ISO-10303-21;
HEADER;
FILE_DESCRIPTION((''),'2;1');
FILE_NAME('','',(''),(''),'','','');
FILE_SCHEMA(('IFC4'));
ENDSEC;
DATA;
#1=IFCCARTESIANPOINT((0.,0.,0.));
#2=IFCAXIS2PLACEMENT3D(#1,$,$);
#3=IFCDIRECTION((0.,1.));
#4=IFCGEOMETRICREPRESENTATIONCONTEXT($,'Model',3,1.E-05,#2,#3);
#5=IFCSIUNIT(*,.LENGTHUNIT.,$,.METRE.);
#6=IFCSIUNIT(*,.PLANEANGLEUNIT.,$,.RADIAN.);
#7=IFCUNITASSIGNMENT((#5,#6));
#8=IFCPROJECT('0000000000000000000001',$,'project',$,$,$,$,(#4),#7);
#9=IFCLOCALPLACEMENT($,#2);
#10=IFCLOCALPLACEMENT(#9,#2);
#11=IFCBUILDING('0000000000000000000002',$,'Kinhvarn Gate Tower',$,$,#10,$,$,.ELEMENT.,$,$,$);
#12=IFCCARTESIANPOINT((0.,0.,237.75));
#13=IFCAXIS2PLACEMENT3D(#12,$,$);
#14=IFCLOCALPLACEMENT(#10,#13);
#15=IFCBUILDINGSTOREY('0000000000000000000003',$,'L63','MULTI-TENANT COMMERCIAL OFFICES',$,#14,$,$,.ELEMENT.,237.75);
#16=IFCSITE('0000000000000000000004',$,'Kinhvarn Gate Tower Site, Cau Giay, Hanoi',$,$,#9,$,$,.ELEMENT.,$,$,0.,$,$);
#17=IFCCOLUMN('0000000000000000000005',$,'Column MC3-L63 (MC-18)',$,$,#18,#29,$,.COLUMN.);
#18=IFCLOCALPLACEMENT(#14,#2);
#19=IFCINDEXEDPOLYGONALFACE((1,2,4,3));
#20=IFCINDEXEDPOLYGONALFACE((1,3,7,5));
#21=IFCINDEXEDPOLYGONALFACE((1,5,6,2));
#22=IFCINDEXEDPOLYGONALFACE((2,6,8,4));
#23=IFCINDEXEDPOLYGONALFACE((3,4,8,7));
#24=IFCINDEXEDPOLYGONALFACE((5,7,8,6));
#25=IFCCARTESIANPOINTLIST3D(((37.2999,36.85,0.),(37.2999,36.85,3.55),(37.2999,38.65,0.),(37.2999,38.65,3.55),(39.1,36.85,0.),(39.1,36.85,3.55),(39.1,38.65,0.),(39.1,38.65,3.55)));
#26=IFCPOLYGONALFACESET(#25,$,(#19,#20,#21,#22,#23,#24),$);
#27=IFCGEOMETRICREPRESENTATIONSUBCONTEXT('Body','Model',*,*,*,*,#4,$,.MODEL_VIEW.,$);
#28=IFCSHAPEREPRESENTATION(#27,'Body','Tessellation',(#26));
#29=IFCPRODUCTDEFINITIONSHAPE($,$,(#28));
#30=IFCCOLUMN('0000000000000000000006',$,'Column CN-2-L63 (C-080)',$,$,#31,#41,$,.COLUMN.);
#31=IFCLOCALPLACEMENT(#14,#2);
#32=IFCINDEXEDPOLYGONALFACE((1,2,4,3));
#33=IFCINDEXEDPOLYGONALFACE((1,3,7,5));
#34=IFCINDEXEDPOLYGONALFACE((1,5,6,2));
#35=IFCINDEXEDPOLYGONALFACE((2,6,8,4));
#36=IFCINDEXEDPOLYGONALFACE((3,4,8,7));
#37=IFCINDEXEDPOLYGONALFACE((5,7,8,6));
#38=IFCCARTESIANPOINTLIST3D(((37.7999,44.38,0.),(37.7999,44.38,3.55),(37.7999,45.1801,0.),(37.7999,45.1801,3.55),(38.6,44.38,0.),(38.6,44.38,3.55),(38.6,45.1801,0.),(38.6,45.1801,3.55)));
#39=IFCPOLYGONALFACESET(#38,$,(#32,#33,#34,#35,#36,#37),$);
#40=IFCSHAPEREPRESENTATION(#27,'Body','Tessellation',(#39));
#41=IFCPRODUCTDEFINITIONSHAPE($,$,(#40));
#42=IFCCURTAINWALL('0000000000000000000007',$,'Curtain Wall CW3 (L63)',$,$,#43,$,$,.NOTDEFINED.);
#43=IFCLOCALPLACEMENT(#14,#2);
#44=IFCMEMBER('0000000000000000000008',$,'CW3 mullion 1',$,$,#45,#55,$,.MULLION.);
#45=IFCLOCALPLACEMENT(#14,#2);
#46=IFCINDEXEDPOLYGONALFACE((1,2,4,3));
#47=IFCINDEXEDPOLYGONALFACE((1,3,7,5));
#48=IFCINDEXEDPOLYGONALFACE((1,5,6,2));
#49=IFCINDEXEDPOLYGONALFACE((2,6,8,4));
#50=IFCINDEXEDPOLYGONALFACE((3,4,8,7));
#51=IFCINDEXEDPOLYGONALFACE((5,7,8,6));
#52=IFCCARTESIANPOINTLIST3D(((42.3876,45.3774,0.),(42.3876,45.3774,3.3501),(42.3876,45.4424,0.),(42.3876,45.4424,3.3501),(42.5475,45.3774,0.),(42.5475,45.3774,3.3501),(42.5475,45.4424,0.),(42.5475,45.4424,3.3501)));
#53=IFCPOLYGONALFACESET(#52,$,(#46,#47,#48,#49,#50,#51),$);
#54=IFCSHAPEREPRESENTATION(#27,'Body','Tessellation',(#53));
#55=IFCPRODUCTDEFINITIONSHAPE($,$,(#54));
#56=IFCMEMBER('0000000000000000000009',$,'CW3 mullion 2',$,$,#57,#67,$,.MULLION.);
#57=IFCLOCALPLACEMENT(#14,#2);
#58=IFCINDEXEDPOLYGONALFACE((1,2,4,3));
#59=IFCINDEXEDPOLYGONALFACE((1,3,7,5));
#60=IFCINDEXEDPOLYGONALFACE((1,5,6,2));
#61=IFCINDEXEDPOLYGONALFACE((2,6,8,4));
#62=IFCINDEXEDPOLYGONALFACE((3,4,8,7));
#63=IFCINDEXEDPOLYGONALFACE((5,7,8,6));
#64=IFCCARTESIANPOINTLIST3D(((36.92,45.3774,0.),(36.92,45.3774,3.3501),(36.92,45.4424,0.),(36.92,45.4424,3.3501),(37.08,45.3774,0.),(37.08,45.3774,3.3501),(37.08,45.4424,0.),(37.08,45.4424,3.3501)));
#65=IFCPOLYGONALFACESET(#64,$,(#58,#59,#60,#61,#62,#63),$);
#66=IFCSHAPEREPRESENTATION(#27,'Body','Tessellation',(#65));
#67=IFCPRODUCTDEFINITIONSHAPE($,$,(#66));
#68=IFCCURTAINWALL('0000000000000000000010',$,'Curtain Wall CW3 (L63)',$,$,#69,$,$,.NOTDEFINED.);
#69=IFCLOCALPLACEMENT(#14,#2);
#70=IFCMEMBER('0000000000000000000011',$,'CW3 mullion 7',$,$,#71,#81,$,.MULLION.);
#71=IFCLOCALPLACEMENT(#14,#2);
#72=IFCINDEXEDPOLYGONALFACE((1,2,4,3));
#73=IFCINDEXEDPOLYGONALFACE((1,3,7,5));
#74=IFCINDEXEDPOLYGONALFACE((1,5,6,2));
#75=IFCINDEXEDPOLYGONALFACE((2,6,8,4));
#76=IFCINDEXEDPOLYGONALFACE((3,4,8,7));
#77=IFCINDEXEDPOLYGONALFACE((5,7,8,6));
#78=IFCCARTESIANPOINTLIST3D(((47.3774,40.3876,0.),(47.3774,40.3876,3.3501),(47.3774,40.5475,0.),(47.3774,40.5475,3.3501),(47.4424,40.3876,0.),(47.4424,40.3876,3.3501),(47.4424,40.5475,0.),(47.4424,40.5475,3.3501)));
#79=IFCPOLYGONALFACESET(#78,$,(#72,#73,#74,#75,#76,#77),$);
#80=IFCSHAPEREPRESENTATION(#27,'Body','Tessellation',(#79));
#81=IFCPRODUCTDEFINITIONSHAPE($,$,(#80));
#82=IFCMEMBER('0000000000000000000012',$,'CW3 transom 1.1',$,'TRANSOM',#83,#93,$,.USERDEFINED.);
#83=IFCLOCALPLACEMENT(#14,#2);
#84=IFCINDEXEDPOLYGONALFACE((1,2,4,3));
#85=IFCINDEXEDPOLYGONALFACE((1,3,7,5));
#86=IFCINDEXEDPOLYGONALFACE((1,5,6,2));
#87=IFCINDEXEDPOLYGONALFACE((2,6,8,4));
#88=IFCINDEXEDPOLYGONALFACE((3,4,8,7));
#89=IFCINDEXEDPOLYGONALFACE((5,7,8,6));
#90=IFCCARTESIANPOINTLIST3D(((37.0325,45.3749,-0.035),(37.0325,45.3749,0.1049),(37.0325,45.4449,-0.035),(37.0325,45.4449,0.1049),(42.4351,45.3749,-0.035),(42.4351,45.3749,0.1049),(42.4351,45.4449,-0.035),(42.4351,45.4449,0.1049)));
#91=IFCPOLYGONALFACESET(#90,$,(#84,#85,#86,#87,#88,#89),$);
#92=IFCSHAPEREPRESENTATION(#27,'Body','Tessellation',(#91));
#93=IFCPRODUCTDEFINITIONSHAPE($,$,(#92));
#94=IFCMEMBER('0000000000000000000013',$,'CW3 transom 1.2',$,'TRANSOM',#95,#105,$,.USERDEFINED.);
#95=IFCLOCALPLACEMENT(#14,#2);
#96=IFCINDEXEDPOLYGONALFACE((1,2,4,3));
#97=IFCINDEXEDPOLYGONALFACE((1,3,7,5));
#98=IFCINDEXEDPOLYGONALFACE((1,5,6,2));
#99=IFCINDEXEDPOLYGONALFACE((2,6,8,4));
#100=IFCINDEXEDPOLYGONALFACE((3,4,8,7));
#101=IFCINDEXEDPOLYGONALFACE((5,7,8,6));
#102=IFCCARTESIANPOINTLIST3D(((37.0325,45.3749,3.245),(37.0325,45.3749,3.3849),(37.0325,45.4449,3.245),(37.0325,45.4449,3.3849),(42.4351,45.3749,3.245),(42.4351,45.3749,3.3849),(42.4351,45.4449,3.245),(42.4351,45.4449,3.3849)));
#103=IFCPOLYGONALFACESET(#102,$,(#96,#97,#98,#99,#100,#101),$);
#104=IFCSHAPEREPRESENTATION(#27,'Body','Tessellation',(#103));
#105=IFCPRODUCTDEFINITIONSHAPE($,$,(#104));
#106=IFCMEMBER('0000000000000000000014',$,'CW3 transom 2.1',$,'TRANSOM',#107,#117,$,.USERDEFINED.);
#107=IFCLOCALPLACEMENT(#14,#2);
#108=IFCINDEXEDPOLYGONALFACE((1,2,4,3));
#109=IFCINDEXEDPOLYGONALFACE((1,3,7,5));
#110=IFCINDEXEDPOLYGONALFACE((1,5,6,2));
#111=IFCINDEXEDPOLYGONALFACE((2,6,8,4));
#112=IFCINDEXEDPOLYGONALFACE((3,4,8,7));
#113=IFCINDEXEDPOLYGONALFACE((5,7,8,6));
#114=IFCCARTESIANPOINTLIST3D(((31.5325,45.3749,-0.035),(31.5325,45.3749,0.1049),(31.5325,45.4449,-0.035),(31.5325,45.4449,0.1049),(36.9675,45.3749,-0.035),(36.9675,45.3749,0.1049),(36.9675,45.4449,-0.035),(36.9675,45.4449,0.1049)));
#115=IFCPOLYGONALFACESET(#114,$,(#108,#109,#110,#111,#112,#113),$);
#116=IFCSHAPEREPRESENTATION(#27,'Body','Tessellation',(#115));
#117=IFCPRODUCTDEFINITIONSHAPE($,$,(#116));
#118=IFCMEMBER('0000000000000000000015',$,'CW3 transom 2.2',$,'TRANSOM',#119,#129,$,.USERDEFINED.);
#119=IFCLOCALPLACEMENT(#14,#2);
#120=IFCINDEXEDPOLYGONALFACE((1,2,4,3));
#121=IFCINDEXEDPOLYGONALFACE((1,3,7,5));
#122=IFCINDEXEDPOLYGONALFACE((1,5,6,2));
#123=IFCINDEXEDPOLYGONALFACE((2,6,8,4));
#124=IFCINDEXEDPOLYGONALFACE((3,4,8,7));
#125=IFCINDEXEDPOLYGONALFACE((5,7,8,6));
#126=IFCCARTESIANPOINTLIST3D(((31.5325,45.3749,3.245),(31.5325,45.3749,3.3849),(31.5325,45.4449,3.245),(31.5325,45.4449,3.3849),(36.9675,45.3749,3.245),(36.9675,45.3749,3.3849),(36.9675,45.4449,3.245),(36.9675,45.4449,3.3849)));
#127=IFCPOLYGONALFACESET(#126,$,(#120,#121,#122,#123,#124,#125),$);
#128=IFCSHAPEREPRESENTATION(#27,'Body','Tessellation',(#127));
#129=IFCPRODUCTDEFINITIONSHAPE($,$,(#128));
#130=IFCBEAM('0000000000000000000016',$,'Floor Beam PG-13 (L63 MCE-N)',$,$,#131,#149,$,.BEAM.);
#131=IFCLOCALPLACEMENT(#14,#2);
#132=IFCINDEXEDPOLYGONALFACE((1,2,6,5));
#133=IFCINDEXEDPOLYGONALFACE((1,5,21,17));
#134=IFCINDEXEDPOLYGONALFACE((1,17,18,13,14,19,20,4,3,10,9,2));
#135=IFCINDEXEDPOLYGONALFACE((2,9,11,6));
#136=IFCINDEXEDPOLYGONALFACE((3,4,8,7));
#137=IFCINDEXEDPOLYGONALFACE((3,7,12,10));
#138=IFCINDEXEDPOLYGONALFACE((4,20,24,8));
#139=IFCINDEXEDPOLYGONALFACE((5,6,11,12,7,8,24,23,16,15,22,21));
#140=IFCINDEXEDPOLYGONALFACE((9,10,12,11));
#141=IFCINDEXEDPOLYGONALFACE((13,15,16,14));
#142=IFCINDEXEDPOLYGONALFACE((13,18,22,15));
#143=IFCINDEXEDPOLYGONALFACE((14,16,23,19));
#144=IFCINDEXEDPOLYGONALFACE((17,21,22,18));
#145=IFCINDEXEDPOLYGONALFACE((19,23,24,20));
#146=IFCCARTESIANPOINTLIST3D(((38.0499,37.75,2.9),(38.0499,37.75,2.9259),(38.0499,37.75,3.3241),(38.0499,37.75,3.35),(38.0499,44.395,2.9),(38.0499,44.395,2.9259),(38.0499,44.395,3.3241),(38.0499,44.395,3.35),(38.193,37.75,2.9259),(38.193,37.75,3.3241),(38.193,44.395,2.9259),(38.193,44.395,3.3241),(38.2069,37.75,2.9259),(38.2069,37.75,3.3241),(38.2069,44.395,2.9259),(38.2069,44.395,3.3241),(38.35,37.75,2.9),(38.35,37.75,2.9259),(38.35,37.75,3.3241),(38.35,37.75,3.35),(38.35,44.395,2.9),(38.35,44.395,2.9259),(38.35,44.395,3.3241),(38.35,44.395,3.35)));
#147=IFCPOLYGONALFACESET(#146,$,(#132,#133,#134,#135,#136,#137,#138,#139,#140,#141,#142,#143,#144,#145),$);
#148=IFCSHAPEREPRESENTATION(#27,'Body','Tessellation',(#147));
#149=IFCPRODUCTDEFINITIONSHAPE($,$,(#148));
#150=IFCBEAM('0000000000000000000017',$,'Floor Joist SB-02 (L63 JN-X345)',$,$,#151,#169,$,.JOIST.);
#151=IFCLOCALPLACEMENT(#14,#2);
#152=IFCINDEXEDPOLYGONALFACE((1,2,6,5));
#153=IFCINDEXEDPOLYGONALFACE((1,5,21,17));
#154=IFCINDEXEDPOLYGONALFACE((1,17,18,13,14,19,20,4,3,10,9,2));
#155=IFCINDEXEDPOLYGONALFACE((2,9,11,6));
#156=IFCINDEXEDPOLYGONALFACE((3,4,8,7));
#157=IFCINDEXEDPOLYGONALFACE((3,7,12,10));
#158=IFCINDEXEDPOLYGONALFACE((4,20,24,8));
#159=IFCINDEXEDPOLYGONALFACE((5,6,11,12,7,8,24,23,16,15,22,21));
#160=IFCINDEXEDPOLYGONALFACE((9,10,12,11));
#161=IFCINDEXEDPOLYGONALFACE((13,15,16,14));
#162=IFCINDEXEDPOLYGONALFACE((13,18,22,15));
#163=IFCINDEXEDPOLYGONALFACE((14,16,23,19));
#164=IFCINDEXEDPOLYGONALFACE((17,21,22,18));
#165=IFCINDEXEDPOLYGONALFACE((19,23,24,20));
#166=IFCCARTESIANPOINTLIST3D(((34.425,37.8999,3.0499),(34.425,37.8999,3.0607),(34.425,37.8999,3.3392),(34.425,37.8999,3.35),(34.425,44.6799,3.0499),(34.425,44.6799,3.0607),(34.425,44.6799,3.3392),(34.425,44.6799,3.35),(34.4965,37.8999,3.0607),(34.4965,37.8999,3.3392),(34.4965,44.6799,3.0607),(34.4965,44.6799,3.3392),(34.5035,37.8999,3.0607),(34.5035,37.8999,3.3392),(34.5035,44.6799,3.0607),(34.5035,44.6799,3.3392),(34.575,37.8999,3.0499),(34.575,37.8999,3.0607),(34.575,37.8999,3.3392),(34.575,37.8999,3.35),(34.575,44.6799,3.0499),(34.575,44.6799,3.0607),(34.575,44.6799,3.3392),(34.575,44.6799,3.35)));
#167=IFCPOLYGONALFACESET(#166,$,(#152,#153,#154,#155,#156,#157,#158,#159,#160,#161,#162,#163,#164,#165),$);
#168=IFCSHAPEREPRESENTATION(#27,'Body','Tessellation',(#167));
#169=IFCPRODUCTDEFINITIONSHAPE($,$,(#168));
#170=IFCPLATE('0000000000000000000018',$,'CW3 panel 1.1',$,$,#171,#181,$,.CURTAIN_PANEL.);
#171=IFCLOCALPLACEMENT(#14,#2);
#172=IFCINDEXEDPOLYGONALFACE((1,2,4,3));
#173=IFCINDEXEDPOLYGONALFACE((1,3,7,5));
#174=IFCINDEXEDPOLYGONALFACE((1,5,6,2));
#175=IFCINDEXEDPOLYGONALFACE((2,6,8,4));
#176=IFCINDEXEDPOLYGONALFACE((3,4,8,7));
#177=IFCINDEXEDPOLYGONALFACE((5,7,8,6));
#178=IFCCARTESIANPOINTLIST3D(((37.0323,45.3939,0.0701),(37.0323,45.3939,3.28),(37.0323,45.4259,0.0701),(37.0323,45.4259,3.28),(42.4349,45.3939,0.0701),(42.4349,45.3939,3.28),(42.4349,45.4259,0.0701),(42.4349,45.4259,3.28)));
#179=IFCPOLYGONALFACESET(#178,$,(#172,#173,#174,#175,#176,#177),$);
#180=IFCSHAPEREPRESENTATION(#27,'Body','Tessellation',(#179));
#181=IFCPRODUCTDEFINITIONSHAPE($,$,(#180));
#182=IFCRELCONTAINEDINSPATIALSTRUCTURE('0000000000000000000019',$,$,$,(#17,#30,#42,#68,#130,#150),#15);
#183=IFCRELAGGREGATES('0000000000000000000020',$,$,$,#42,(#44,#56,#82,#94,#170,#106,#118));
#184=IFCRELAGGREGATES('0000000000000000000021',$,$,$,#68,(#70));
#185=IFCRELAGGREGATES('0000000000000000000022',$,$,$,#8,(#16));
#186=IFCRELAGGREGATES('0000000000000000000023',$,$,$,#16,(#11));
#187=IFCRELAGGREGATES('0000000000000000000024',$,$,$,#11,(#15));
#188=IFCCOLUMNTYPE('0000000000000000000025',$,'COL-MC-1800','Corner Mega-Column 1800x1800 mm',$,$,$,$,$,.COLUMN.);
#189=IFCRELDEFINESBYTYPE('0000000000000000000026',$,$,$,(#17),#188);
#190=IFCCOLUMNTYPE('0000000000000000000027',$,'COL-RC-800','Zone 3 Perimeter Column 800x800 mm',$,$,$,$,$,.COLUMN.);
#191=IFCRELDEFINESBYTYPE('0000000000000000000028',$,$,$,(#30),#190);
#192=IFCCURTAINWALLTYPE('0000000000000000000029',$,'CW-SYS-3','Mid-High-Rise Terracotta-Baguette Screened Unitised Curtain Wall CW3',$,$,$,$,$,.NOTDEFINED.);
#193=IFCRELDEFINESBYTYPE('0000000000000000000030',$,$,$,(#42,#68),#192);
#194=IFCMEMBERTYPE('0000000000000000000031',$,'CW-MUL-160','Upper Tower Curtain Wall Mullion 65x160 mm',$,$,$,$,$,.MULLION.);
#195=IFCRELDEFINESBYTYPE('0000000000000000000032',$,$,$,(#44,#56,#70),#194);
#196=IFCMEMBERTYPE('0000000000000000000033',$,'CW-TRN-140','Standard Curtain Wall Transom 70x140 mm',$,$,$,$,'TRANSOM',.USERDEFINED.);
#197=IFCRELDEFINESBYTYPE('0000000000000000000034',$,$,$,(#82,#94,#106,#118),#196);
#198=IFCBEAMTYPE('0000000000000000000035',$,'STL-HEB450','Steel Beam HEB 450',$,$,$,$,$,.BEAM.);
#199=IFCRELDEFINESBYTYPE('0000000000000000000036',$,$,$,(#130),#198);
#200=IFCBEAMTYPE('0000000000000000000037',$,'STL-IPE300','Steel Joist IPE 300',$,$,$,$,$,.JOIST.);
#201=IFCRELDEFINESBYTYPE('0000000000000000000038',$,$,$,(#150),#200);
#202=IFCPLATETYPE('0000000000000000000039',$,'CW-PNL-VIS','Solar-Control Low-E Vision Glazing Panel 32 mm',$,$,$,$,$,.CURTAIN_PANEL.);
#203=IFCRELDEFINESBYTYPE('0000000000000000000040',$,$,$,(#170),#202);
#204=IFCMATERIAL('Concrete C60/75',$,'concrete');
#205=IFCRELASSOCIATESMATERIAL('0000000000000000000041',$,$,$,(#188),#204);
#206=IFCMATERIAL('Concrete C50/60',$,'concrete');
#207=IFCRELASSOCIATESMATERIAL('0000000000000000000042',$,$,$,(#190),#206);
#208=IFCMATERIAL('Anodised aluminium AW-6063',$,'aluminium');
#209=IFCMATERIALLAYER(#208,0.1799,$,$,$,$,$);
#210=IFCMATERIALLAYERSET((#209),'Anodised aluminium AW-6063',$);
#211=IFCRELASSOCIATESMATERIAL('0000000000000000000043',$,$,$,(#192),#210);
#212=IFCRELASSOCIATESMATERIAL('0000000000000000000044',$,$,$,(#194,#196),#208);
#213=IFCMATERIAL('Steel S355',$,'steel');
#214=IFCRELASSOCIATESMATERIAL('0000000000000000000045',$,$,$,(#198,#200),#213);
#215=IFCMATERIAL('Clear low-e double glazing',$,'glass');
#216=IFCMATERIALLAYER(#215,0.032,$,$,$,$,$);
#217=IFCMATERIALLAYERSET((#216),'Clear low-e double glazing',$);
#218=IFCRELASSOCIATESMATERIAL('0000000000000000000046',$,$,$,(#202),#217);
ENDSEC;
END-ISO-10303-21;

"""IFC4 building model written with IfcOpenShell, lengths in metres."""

from ifc_helpers import new_model, si_unit, direction, frame, origin, origin_2d, place, context, subcontext, project, spatial, rectangle, i_section, extrude, material, layer, layer_set, material_profile, profile_set, type_object, element, aggregate, save


model = new_model("IFC4")

# Units and contexts
model_context = context("Model", 3, precision=1e-05, world=origin(), true_north=direction((0.0, 1.0)))
body_context = subcontext(model_context, "Body", "Model", "MODEL_VIEW")
ifc_project = project(units=[si_unit("LENGTHUNIT", "METRE"), si_unit("PLANEANGLEUNIT", "RADIAN")], contexts=[model_context])

# Site, building, storey
site_placement = place(None, origin())
site = spatial("IfcSite", under=ifc_project, at=site_placement, Name="Kinhvarn Gate Tower Site, Cau Giay, Hanoi", CompositionType="ELEMENT", RefElevation=0.0)
building_placement = place(site_placement, origin())
building = spatial("IfcBuilding", under=site, at=building_placement, Name="Kinhvarn Gate Tower", CompositionType="ELEMENT")
storey_placement = place(building_placement, frame((0.0, 0.0, 237.75)))
storey = spatial("IfcBuildingStorey", under=building, at=storey_placement, Name="L63", Description="MULTI-TENANT COMMERCIAL OFFICES", CompositionType="ELEMENT", Elevation=237.75)

# Columns
ifc_material_1 = material(Name="Concrete C60/75", Category="concrete")
ifc_material_profile_1 = material_profile(ifc_material_1, rectangle(XDim=1.8, YDim=1.8, at=origin_2d()), Name="RC 1800x1800")
ifc_profile_set_1 = profile_set([ifc_material_profile_1], Name="Concrete C60/75")
column_type_1 = type_object("IfcColumnType", Name="COL-MC-1800", Description="Corner Mega-Column 1800x1800 mm", PredefinedType="COLUMN", material=ifc_profile_set_1)
column_1_placement = place(storey_placement, frame((38.2, 37.75, 0.0), z_axis=(0.0, 0.0, 1.0), x_axis=(1.0, 0.0, 0.0)))
element("IfcColumn", 1, at=column_1_placement, inside=storey, type_object=column_type_1, Name="Column MC3-L63 (MC-18)", PredefinedType="COLUMN", context=body_context, shape_type="SweptSolid", body=[
    extrude(rectangle(XDim=1.8, YDim=1.8, at=origin_2d()), origin(), (0.0, 0.0, 1.0), 3.55),
])
ifc_material_2 = material(Name="Concrete C50/60", Category="concrete")
ifc_material_profile_2 = material_profile(ifc_material_2, rectangle(XDim=0.8, YDim=0.8, at=origin_2d()), Name="RC 800x800")
ifc_profile_set_2 = profile_set([ifc_material_profile_2], Name="Concrete C50/60")
column_type_2 = type_object("IfcColumnType", Name="COL-RC-800", Description="Zone 3 Perimeter Column 800x800 mm", PredefinedType="COLUMN", material=ifc_profile_set_2)
column_2_placement = place(storey_placement, frame((38.2, 44.78, 0.0), z_axis=(0.0, 0.0, 1.0), x_axis=(1.0, 0.0, 0.0)))
element("IfcColumn", 2, at=column_2_placement, inside=storey, type_object=column_type_2, Name="Column CN-2-L63 (C-080)", PredefinedType="COLUMN", context=body_context, shape_type="SweptSolid", body=[
    extrude(rectangle(XDim=0.8, YDim=0.8, at=origin_2d()), origin(), (0.0, 0.0, 1.0), 3.55),
])

# Curtain wall, members
ifc_material_3 = material(Name="Anodised aluminium AW-6063", Category="aluminium")
ifc_layer_1 = layer(ifc_material_3, 0.1799)
ifc_layer_set_1 = layer_set([ifc_layer_1], Name="Anodised aluminium AW-6063")
curtain_wall_type = type_object("IfcCurtainWallType", Name="CW-SYS-3", Description="Mid-High-Rise Terracotta-Baguette Screened Unitised Curtain Wall CW3", PredefinedType="NOTDEFINED", material=ifc_layer_set_1)
curtain_wall_1_placement = place(storey_placement, origin())
curtain_wall_1 = element("IfcCurtainWall", 3, at=curtain_wall_1_placement, inside=storey, type_object=curtain_wall_type, Name="Curtain Wall CW3 (L63)", PredefinedType="NOTDEFINED")
ifc_material_profile_3 = material_profile(ifc_material_3, rectangle(XDim=0.0649, YDim=0.1599, at=origin_2d()), Name="ALU 65x160")
ifc_profile_set_3 = profile_set([ifc_material_profile_3], Name="Anodised aluminium AW-6063")
member_type_1 = type_object("IfcMemberType", Name="CW-MUL-160", Description="Upper Tower Curtain Wall Mullion 65x160 mm", PredefinedType="MULLION", material=ifc_profile_set_3)
member_1_placement = place(storey_placement, frame((42.4675, 45.4099, 0.0), z_axis=(0.0, 0.0, 1.0), x_axis=(0.0, -1.0, 0.0)))
member_1 = element("IfcMember", 4, at=member_1_placement, type_object=member_type_1, Name="CW3 mullion 1", PredefinedType="MULLION", context=body_context, shape_type="SweptSolid", body=[
    extrude(rectangle(XDim=0.0649, YDim=0.1599, at=origin_2d()), origin(), (0.0, 0.0, 1.0), 3.3501),
])
member_2_placement = place(storey_placement, frame((37.0, 45.4099, 0.0), z_axis=(0.0, 0.0, 1.0), x_axis=(0.0, -1.0, 0.0)))
member_2 = element("IfcMember", 5, at=member_2_placement, type_object=member_type_1, Name="CW3 mullion 2", PredefinedType="MULLION", context=body_context, shape_type="SweptSolid", body=[
    extrude(rectangle(XDim=0.0649, YDim=0.1599, at=origin_2d()), origin(), (0.0, 0.0, 1.0), 3.3501),
])

# Curtain wall, member
curtain_wall_2_placement = place(storey_placement, origin())
curtain_wall_2 = element("IfcCurtainWall", 6, at=curtain_wall_2_placement, inside=storey, type_object=curtain_wall_type, Name="Curtain Wall CW3 (L63)", PredefinedType="NOTDEFINED")
member_3_placement = place(storey_placement, frame((47.4099, 40.4675, 0.0), z_axis=(0.0, 0.0, 1.0), x_axis=(-1.0, 0.0, 0.0)))
member_3 = element("IfcMember", 7, at=member_3_placement, type_object=member_type_1, Name="CW3 mullion 7", PredefinedType="MULLION", context=body_context, shape_type="SweptSolid", body=[
    extrude(rectangle(XDim=0.0649, YDim=0.1599, at=origin_2d()), origin(), (0.0, 0.0, 1.0), 3.3501),
])

# Members
ifc_material_profile_4 = material_profile(ifc_material_3, rectangle(XDim=0.0701, YDim=0.1399, at=origin_2d()), Name="ALU 70x140")
ifc_profile_set_4 = profile_set([ifc_material_profile_4], Name="Anodised aluminium AW-6063")
member_type_2 = type_object("IfcMemberType", Name="CW-TRN-140", Description="Standard Curtain Wall Transom 70x140 mm", ElementType="TRANSOM", PredefinedType="USERDEFINED", material=ifc_profile_set_4)
member_4_placement = place(storey_placement, frame((42.4351, 45.4099, 0.0349), z_axis=(-1.0, 0.0, 0.0), x_axis=(0.0, -1.0, 0.0)))
member_4 = element("IfcMember", 8, at=member_4_placement, type_object=member_type_2, Name="CW3 transom 1.1", ObjectType="TRANSOM", PredefinedType="USERDEFINED", context=body_context, shape_type="SweptSolid", body=[
    extrude(rectangle(XDim=0.0701, YDim=0.1399, at=origin_2d()), origin(), (0.0, 0.0, 1.0), 5.4026),
])
member_5_placement = place(storey_placement, frame((42.4351, 45.4099, 3.3149), z_axis=(-1.0, 0.0, 0.0), x_axis=(0.0, -1.0, 0.0)))
member_5 = element("IfcMember", 9, at=member_5_placement, type_object=member_type_2, Name="CW3 transom 1.2", ObjectType="TRANSOM", PredefinedType="USERDEFINED", context=body_context, shape_type="SweptSolid", body=[
    extrude(rectangle(XDim=0.0701, YDim=0.1399, at=origin_2d()), origin(), (0.0, 0.0, 1.0), 5.4026),
])
member_6_placement = place(storey_placement, frame((36.9675, 45.4099, 0.0349), z_axis=(-1.0, 0.0, 0.0), x_axis=(0.0, -1.0, 0.0)))
member_6 = element("IfcMember", 10, at=member_6_placement, type_object=member_type_2, Name="CW3 transom 2.1", ObjectType="TRANSOM", PredefinedType="USERDEFINED", context=body_context, shape_type="SweptSolid", body=[
    extrude(rectangle(XDim=0.0701, YDim=0.1399, at=origin_2d()), origin(), (0.0, 0.0, 1.0), 5.4351),
])
member_7_placement = place(storey_placement, frame((36.9675, 45.4099, 3.3149), z_axis=(-1.0, 0.0, 0.0), x_axis=(0.0, -1.0, 0.0)))
member_7 = element("IfcMember", 11, at=member_7_placement, type_object=member_type_2, Name="CW3 transom 2.2", ObjectType="TRANSOM", PredefinedType="USERDEFINED", context=body_context, shape_type="SweptSolid", body=[
    extrude(rectangle(XDim=0.0701, YDim=0.1399, at=origin_2d()), origin(), (0.0, 0.0, 1.0), 5.4351),
])

# Beams
ifc_material_4 = material(Name="Steel S355", Category="steel")
ifc_material_profile_5 = material_profile(ifc_material_4, i_section(OverallWidth=0.3, OverallDepth=0.45, WebThickness=0.0139, FlangeThickness=0.0259, at=origin_2d()), Name="HEB 450")
ifc_profile_set_5 = profile_set([ifc_material_profile_5], Name="Steel S355")
beam_type_1 = type_object("IfcBeamType", Name="STL-HEB450", Description="Steel Beam HEB 450", PredefinedType="BEAM", material=ifc_profile_set_5)
beam_1_placement = place(storey_placement, frame((38.2, 37.75, 3.125), z_axis=(0.0, 1.0, 0.0), x_axis=(-1.0, 0.0, 0.0)))
element("IfcBeam", 12, at=beam_1_placement, inside=storey, type_object=beam_type_1, Name="Floor Beam PG-13 (L63 MCE-N)", PredefinedType="BEAM", context=body_context, shape_type="SweptSolid", body=[
    extrude(i_section(OverallWidth=0.3, OverallDepth=0.45, WebThickness=0.0139, FlangeThickness=0.0259, at=origin_2d()), origin(), (0.0, 0.0, 1.0), 6.645),
])
ifc_material_profile_6 = material_profile(ifc_material_4, i_section(OverallWidth=0.1499, OverallDepth=0.3, WebThickness=0.0071, FlangeThickness=0.0107, at=origin_2d()), Name="IPE 300")
ifc_profile_set_6 = profile_set([ifc_material_profile_6], Name="Steel S355")
beam_type_2 = type_object("IfcBeamType", Name="STL-IPE300", Description="Steel Joist IPE 300", PredefinedType="JOIST", material=ifc_profile_set_6)
beam_2_placement = place(storey_placement, frame((34.5, 37.8999, 3.2), z_axis=(0.0, 1.0, 0.0), x_axis=(-1.0, 0.0, 0.0)))
element("IfcBeam", 13, at=beam_2_placement, inside=storey, type_object=beam_type_2, Name="Floor Joist SB-02 (L63 JN-X345)", PredefinedType="JOIST", context=body_context, shape_type="SweptSolid", body=[
    extrude(i_section(OverallWidth=0.1499, OverallDepth=0.3, WebThickness=0.0071, FlangeThickness=0.0107, at=origin_2d()), origin(), (0.0, 0.0, 1.0), 6.78),
])

# Plate
ifc_material_5 = material(Name="Clear low-e double glazing", Category="glass")
ifc_layer_2 = layer(ifc_material_5, 0.032)
ifc_layer_set_2 = layer_set([ifc_layer_2], Name="Clear low-e double glazing")
plate_type = type_object("IfcPlateType", Name="CW-PNL-VIS", Description="Solar-Control Low-E Vision Glazing Panel 32 mm", PredefinedType="CURTAIN_PANEL", material=ifc_layer_set_2)
plate_1_placement = place(storey_placement, frame((39.7336, 45.4099, 0.0701), z_axis=(0.0, 0.0, 1.0), x_axis=(-1.0, 0.0, 0.0)))
plate_1 = element("IfcPlate", 14, at=plate_1_placement, type_object=plate_type, Name="CW3 panel 1.1", PredefinedType="CURTAIN_PANEL", context=body_context, shape_type="SweptSolid", body=[
    extrude(rectangle(XDim=5.4026, YDim=0.032, at=origin_2d()), origin(), (0.0, 0.0, 1.0), 3.21),
])
aggregate(curtain_wall_1, [member_1, member_2, member_4, member_5, plate_1, member_6, member_7])
aggregate(curtain_wall_2, [member_3])

save(model, "model.ifc")
